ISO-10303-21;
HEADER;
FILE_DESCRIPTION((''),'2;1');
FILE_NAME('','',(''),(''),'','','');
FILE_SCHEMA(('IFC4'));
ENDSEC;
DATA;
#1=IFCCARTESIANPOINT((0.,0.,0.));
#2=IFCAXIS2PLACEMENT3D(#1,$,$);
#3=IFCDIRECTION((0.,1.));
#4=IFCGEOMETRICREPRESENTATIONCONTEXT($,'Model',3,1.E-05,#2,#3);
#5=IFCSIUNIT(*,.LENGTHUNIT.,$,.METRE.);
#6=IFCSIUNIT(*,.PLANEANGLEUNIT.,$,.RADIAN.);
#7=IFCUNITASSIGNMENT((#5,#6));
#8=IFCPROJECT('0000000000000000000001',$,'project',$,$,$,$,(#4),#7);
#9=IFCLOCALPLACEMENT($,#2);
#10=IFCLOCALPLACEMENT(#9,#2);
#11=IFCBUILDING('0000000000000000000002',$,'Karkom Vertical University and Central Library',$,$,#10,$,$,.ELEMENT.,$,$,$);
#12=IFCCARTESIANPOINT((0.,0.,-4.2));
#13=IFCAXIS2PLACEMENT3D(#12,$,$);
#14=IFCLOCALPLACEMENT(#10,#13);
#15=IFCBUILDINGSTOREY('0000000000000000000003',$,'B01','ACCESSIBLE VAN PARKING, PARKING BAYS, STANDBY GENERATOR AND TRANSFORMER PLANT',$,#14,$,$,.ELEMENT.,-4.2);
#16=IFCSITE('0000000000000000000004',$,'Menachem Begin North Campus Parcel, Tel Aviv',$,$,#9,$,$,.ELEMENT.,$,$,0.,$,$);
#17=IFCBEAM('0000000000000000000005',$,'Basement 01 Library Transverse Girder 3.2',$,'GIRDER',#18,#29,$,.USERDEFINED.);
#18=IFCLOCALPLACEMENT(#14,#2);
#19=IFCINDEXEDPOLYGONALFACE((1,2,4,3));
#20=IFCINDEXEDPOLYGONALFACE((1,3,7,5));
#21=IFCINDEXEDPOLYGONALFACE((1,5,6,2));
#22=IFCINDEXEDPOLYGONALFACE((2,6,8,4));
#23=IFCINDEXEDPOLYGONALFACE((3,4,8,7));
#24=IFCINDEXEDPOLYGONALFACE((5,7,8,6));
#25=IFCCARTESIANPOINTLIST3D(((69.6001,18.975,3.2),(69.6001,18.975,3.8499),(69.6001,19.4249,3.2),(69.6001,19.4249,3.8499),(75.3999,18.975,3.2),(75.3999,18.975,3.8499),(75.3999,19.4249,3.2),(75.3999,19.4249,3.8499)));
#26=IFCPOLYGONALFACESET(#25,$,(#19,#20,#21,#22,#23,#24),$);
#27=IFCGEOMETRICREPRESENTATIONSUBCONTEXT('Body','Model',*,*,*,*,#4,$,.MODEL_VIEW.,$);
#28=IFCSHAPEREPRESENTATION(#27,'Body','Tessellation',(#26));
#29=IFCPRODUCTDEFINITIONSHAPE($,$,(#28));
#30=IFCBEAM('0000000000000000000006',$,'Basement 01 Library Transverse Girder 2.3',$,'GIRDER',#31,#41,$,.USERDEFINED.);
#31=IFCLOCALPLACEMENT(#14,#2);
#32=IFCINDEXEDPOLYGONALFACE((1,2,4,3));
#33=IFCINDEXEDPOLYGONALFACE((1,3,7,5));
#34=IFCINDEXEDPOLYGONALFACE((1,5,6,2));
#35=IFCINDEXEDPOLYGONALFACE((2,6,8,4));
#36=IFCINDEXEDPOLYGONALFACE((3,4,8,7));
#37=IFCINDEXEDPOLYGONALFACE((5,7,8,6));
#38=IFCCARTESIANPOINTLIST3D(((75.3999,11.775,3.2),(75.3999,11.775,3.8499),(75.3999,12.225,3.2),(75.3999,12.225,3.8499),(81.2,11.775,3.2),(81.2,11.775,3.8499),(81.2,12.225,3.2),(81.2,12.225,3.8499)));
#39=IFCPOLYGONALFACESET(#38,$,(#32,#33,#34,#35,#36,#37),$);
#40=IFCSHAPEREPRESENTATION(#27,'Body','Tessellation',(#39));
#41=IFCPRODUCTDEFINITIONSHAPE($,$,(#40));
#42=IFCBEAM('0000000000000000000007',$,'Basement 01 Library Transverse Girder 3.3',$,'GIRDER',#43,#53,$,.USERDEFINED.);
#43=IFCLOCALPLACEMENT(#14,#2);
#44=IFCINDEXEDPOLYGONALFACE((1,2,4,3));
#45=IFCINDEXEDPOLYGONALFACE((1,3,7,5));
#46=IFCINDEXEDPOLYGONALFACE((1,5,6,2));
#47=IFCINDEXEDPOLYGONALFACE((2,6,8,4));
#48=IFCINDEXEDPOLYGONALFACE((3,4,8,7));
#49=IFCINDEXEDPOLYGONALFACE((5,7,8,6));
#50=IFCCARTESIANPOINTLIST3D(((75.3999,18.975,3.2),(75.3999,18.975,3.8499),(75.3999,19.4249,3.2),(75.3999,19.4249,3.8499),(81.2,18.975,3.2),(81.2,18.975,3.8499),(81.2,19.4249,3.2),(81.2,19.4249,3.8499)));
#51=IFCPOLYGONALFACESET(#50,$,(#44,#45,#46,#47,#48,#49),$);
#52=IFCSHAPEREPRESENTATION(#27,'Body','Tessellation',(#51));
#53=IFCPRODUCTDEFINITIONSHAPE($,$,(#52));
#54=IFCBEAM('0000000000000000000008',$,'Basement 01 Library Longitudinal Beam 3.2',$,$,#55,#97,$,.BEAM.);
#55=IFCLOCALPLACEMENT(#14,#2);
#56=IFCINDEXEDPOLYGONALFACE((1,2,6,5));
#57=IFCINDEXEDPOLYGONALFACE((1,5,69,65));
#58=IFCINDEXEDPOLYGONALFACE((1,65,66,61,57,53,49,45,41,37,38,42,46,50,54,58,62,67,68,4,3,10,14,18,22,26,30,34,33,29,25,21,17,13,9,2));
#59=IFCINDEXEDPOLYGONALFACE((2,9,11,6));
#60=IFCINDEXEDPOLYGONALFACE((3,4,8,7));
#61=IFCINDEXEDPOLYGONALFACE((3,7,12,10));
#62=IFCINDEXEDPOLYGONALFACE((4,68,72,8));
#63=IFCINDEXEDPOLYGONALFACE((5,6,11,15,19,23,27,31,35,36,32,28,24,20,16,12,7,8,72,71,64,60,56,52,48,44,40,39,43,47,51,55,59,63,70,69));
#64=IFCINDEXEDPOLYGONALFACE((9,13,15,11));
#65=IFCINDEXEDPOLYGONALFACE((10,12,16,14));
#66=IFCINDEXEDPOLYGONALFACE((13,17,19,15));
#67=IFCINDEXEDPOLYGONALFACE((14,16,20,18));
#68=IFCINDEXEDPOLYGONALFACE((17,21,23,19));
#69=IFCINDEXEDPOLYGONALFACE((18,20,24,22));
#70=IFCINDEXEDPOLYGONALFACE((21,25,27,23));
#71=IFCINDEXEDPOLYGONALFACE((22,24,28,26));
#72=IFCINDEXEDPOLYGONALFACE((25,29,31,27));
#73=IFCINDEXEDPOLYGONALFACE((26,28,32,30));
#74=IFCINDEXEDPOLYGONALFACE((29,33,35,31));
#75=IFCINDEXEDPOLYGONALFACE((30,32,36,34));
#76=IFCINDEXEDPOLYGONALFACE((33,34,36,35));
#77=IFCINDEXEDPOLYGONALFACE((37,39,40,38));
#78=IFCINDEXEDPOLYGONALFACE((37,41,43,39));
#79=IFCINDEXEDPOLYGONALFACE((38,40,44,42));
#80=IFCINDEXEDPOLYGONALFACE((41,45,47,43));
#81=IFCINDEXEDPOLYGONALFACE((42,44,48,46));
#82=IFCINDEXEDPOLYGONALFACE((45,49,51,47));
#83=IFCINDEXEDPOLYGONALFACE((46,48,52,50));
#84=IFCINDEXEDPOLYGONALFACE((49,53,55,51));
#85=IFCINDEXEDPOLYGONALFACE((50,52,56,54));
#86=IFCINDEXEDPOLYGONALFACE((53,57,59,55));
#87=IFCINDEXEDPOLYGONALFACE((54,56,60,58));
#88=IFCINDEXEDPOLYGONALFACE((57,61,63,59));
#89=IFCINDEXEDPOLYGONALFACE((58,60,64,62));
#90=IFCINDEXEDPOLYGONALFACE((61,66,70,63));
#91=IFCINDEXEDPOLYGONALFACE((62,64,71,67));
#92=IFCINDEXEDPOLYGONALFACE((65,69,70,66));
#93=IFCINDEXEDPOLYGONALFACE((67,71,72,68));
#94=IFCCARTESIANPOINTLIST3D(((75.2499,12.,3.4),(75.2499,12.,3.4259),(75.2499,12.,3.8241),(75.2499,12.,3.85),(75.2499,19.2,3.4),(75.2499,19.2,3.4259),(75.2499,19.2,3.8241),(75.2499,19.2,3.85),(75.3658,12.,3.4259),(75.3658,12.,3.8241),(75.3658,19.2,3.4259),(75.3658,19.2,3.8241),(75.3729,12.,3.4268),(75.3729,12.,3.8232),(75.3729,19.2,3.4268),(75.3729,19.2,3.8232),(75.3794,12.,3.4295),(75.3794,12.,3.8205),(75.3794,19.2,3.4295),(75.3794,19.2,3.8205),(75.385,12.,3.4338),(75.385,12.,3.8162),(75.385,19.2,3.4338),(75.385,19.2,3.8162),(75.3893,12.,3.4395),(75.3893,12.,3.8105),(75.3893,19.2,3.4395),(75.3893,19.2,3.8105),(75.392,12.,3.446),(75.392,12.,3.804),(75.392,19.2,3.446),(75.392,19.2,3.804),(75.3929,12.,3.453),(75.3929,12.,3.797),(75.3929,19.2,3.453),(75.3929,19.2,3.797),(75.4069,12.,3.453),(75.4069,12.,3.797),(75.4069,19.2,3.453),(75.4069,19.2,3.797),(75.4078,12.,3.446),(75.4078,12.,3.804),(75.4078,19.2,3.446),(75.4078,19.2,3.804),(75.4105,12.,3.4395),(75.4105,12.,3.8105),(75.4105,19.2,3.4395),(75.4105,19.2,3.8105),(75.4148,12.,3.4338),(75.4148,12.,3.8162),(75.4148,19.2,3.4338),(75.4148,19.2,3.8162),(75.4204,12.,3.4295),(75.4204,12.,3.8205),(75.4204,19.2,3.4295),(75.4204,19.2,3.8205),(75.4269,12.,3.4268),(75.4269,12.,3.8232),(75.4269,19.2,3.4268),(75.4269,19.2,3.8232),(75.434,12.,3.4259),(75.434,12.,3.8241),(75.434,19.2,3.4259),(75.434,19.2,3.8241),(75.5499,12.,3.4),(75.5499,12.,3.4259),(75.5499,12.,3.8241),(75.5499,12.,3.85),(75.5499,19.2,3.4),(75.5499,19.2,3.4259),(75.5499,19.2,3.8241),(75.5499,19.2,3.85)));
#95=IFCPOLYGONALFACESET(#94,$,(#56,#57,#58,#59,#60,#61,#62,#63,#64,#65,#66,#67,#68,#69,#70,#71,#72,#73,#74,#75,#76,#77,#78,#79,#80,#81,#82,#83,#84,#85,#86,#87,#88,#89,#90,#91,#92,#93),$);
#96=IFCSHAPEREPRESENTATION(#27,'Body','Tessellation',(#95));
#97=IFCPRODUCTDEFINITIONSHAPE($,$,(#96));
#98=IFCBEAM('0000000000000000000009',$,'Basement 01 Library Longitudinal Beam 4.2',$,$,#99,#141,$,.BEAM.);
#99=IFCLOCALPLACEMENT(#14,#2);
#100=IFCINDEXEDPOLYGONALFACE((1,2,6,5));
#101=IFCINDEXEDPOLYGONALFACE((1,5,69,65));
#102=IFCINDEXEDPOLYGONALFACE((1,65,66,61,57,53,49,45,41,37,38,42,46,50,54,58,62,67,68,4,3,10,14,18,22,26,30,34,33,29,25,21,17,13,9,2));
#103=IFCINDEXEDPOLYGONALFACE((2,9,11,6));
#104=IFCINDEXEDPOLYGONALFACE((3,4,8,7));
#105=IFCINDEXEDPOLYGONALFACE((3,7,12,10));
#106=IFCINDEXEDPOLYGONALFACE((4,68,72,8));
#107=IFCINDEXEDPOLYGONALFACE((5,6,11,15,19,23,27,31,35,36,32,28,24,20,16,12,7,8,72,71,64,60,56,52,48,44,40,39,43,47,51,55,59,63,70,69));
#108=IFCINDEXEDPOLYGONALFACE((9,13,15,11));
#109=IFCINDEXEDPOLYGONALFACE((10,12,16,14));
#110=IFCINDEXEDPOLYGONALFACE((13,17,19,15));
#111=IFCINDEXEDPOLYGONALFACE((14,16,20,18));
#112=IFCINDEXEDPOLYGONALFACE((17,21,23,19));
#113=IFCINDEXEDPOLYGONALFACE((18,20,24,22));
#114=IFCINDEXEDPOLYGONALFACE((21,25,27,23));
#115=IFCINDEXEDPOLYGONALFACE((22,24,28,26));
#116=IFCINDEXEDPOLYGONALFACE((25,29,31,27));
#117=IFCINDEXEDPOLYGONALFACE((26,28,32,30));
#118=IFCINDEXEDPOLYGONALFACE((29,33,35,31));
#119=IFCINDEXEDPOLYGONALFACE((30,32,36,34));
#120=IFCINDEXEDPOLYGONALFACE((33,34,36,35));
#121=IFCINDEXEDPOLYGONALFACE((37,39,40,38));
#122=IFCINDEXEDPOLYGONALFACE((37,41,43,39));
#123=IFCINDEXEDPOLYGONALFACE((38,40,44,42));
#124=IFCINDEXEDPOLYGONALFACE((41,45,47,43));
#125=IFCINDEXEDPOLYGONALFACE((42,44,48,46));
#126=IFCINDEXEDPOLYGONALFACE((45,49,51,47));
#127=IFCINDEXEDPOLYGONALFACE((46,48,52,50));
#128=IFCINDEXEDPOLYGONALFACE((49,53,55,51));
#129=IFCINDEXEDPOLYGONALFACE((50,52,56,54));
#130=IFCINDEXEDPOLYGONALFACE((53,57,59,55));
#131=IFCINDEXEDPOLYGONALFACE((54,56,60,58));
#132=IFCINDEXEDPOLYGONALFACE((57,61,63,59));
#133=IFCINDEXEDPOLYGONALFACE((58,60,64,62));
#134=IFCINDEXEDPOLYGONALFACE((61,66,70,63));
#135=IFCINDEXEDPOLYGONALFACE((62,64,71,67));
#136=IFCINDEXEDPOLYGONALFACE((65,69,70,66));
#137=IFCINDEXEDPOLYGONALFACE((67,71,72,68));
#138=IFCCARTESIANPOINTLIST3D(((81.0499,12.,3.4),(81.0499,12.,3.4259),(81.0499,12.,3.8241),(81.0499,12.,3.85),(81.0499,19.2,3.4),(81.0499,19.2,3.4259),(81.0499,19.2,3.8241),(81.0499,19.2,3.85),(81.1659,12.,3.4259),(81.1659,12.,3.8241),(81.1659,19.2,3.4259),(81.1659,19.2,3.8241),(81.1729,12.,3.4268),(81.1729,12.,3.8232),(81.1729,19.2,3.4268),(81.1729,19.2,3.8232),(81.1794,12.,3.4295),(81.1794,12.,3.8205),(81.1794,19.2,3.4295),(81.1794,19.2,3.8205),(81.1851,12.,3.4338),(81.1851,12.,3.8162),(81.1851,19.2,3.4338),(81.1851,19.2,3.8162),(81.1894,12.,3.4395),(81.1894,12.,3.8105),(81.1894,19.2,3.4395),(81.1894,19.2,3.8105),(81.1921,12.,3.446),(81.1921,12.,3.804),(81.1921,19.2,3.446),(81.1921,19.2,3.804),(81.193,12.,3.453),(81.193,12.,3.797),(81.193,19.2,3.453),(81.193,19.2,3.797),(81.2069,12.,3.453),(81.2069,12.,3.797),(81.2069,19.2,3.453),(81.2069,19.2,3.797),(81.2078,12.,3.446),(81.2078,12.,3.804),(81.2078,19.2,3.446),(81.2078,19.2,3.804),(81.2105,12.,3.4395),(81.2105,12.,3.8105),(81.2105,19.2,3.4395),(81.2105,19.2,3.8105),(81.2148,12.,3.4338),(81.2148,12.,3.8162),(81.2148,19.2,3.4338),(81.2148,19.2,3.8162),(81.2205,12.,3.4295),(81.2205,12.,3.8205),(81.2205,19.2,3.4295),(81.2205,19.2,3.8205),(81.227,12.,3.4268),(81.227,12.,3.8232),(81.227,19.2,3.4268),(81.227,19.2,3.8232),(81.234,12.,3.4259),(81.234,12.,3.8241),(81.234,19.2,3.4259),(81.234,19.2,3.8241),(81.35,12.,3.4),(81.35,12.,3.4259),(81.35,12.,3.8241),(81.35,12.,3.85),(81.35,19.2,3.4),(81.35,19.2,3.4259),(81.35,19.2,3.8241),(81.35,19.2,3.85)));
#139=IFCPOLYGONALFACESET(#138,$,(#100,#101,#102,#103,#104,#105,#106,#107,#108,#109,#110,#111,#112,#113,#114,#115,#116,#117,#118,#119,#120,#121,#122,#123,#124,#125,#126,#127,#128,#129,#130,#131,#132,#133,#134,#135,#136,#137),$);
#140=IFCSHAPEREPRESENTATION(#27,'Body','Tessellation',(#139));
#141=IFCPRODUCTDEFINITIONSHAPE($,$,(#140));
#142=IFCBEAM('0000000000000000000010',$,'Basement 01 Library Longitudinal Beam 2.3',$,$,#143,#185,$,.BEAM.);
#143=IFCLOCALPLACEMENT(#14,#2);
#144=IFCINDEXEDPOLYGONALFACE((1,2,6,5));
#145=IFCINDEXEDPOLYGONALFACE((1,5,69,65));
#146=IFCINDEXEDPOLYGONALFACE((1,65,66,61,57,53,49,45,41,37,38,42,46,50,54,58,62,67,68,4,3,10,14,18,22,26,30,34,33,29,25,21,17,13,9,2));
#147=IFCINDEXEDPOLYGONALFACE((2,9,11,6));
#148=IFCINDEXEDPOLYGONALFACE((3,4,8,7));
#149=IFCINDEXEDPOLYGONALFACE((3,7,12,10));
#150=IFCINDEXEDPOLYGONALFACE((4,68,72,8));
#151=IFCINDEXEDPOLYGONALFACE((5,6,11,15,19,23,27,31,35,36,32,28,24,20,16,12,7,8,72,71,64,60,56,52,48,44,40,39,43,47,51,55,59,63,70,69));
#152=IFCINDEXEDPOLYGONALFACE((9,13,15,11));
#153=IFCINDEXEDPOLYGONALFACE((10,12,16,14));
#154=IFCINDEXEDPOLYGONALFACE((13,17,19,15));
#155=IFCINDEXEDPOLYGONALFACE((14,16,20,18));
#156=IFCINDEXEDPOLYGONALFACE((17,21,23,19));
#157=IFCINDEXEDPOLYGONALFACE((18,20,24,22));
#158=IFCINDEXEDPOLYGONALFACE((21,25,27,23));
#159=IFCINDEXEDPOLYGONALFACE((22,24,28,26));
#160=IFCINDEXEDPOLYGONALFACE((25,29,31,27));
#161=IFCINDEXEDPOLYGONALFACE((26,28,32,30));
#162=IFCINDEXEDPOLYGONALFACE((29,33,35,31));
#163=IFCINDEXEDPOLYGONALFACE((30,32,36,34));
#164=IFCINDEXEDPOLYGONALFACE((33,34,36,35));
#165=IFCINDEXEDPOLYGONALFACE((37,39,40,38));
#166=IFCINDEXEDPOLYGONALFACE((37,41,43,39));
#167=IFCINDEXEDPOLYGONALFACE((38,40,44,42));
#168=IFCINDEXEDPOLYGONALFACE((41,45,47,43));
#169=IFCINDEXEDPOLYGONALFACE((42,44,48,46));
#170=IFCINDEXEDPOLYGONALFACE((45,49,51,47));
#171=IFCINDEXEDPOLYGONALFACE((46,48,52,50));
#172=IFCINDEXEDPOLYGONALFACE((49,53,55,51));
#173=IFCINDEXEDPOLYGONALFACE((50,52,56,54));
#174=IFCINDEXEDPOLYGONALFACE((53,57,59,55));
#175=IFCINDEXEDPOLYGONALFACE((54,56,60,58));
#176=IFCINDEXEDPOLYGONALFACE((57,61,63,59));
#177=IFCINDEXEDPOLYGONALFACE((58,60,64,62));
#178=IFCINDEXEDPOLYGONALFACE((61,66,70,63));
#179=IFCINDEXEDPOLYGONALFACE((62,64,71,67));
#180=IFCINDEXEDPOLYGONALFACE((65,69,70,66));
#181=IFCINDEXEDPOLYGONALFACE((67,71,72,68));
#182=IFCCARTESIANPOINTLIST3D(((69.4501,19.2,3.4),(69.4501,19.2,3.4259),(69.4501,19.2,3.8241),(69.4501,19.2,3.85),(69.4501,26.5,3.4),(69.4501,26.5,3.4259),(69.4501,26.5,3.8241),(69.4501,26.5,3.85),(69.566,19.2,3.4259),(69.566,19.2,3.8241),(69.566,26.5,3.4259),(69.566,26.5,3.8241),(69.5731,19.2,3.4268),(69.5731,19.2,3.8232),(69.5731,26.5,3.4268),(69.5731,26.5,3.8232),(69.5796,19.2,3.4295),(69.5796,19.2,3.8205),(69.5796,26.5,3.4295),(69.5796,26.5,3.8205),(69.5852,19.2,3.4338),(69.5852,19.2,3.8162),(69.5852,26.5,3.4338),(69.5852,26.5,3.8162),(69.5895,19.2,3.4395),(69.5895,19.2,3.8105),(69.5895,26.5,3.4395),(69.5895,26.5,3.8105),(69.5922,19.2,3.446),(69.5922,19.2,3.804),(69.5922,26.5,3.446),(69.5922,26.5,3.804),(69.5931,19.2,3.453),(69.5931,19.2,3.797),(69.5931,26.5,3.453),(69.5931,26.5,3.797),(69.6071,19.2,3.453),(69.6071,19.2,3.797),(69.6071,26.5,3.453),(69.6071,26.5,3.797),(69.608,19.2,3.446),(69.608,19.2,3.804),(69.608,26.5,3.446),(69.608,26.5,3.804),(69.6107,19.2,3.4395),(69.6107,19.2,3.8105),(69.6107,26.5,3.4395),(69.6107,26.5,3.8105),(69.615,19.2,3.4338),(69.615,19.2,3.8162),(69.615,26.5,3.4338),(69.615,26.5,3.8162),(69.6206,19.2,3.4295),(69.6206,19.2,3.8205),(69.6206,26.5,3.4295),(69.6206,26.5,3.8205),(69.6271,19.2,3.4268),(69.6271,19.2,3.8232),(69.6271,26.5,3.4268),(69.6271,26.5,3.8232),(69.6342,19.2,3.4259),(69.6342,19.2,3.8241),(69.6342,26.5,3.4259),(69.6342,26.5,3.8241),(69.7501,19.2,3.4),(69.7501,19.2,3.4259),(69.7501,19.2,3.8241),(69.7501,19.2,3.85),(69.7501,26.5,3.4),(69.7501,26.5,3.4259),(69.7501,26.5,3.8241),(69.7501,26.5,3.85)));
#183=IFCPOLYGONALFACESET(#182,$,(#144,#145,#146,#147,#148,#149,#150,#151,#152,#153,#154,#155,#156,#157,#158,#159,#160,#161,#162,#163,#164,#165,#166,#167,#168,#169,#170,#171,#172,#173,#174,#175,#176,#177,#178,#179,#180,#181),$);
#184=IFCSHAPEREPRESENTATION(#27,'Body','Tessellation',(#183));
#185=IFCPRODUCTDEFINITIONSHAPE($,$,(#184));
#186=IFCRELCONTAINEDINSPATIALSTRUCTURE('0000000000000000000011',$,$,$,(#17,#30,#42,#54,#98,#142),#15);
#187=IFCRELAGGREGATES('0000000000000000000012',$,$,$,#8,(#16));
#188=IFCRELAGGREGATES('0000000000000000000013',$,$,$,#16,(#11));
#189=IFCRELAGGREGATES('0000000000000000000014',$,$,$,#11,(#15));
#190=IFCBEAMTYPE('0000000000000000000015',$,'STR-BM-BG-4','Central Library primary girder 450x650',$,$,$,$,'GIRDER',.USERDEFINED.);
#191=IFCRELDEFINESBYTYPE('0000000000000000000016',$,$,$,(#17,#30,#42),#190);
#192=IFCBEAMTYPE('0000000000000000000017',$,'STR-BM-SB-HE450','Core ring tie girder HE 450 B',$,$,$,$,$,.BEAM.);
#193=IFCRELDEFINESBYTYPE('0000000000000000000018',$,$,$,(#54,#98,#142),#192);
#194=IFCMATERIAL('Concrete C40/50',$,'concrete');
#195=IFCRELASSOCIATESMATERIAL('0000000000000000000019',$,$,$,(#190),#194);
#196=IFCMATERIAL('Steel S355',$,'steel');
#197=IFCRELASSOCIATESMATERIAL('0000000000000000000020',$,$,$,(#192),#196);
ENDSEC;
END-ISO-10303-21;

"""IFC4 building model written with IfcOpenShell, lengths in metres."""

from ifc_helpers import new_model, si_unit, direction, frame, origin, origin_with_axes, origin_2d, place, context, subcontext, project, spatial, rectangle, i_section, extrude, source, transform, mapped, material, material_profile, profile_set, type_object, element, save


model = new_model("IFC4")

# Units and contexts
model_context = context("Model", 3, precision=1e-05, world=origin(), true_north=direction((0.0, 1.0)))
body_context = subcontext(model_context, "Body", "Model", "MODEL_VIEW")
ifc_project = project(units=[si_unit("LENGTHUNIT", "METRE"), si_unit("PLANEANGLEUNIT", "RADIAN")], contexts=[model_context])

# Site, building, storey
site_placement = place(None, origin())
site = spatial("IfcSite", under=ifc_project, at=site_placement, Name="Menachem Begin North Campus Parcel, Tel Aviv", CompositionType="ELEMENT", RefElevation=0.0)
building_placement = place(site_placement, origin())
building = spatial("IfcBuilding", under=site, at=building_placement, Name="Karkom Vertical University and Central Library", CompositionType="ELEMENT")
storey_placement = place(building_placement, frame((0.0, 0.0, -4.2)))
storey = spatial("IfcBuildingStorey", under=building, at=storey_placement, Name="B01", Description="ACCESSIBLE VAN PARKING, PARKING BAYS, STANDBY GENERATOR AND TRANSFORMER PLANT", CompositionType="ELEMENT", Elevation=-4.2)

# Shared definitions
ifc_material_1 = material(Name="Concrete C40/50", Category="concrete")

# Beams
ifc_material_profile_1 = material_profile(ifc_material_1, rectangle(XDim=0.45, YDim=0.6499, at=origin_2d()), Name="RCB-450x650")
ifc_profile_set_1 = profile_set([ifc_material_profile_1], Name="Concrete C40/50")
beam_type_1 = type_object("IfcBeamType", Name="STR-BM-BG-4", Description="Central Library primary girder 450x650", ElementType="GIRDER", PredefinedType="USERDEFINED", material=ifc_profile_set_1)
shared_shape_1 = source(origin_with_axes(), body_context, "Body", "SweptSolid", [
    extrude(rectangle(XDim=0.45, YDim=0.6499, at=origin_2d()), origin(), (0.0, 0.0, 1.0), 5.7998),
])
beam_placement = place(storey_placement, frame((69.6001, 19.2, 3.5249), z_axis=(1.0, 0.0, 0.0), x_axis=(0.0, 1.0, 0.0)))
element("IfcBeam", 1, at=beam_placement, inside=storey, type_object=beam_type_1, Name="Basement 01 Library Transverse Girder 3.2", ObjectType="GIRDER", PredefinedType="USERDEFINED", context=body_context, shape_type="MappedRepresentation", body=[
    mapped(shared_shape_1, transform((0.0, 0.0, 0.0), scale=1.0)),
])
shared_shape_2 = source(origin_with_axes(), body_context, "Body", "SweptSolid", [
    extrude(rectangle(XDim=0.45, YDim=0.6499, at=origin_2d()), origin(), (0.0, 0.0, 1.0), 5.8),
])
for number, where, z_axis, x_axis, name in (
    (2, (75.3999, 12.0, 3.5249), (1.0, 0.0, 0.0), (0.0, 1.0, 0.0), "Basement 01 Library Transverse Girder 2.3"),
    (3, (75.3999, 19.2, 3.5249), (1.0, 0.0, 0.0), (0.0, 1.0, 0.0), "Basement 01 Library Transverse Girder 3.3"),
):
    element("IfcBeam", number, at=place(storey_placement, frame(where, z_axis=z_axis, x_axis=x_axis)), inside=storey, type_object=beam_type_1, Name=name, ObjectType="GIRDER", PredefinedType="USERDEFINED", context=body_context, shape_type="MappedRepresentation", body=[
        mapped(shared_shape_2, transform((0.0, 0.0, 0.0), scale=1.0)),
    ])
ifc_material_2 = material(Name="Steel S355", Category="steel")
ifc_material_profile_2 = material_profile(ifc_material_2, i_section(OverallWidth=0.3, OverallDepth=0.45, WebThickness=0.0139, FlangeThickness=0.0259, FilletRadius=0.0271, at=origin_2d()), Name="HE 450 B")
ifc_profile_set_2 = profile_set([ifc_material_profile_2], Name="Steel S355")
beam_type_2 = type_object("IfcBeamType", Name="STR-BM-SB-HE450", Description="Core ring tie girder HE 450 B", PredefinedType="BEAM", material=ifc_profile_set_2)
shared_shape_3 = source(origin_with_axes(), body_context, "Body", "SweptSolid", [
    extrude(i_section(OverallWidth=0.3, OverallDepth=0.45, WebThickness=0.0139, FlangeThickness=0.0259, FilletRadius=0.0271, at=origin_2d()), origin(), (0.0, 0.0, 1.0), 7.2),
])
for number, where, z_axis, x_axis, name in (
    (4, (75.3999, 12.0, 3.625), (0.0, 1.0, 0.0), (-1.0, 0.0, 0.0), "Basement 01 Library Longitudinal Beam 3.2"),
    (5, (81.2, 12.0, 3.625), (0.0, 1.0, 0.0), (-1.0, 0.0, 0.0), "Basement 01 Library Longitudinal Beam 4.2"),
):
    element("IfcBeam", number, at=place(storey_placement, frame(where, z_axis=z_axis, x_axis=x_axis)), inside=storey, type_object=beam_type_2, Name=name, PredefinedType="BEAM", context=body_context, shape_type="MappedRepresentation", body=[
        mapped(shared_shape_3, transform((0.0, 0.0, 0.0), scale=1.0)),
    ])
shared_shape_4 = source(origin_with_axes(), body_context, "Body", "SweptSolid", [
    extrude(i_section(OverallWidth=0.3, OverallDepth=0.45, WebThickness=0.0139, FlangeThickness=0.0259, FilletRadius=0.0271, at=origin_2d()), origin(), (0.0, 0.0, 1.0), 7.3),
])
for number, where, z_axis, x_axis, name in (
    (6, (69.6001, 19.2, 3.625), (0.0, 1.0, 0.0), (-1.0, 0.0, 0.0), "Basement 01 Library Longitudinal Beam 2.3"),
):
    element("IfcBeam", number, at=place(storey_placement, frame(where, z_axis=z_axis, x_axis=x_axis)), inside=storey, type_object=beam_type_2, Name=name, PredefinedType="BEAM", context=body_context, shape_type="MappedRepresentation", body=[
        mapped(shared_shape_4, transform((0.0, 0.0, 0.0), scale=1.0)),
    ])

save(model, "model.ifc")
